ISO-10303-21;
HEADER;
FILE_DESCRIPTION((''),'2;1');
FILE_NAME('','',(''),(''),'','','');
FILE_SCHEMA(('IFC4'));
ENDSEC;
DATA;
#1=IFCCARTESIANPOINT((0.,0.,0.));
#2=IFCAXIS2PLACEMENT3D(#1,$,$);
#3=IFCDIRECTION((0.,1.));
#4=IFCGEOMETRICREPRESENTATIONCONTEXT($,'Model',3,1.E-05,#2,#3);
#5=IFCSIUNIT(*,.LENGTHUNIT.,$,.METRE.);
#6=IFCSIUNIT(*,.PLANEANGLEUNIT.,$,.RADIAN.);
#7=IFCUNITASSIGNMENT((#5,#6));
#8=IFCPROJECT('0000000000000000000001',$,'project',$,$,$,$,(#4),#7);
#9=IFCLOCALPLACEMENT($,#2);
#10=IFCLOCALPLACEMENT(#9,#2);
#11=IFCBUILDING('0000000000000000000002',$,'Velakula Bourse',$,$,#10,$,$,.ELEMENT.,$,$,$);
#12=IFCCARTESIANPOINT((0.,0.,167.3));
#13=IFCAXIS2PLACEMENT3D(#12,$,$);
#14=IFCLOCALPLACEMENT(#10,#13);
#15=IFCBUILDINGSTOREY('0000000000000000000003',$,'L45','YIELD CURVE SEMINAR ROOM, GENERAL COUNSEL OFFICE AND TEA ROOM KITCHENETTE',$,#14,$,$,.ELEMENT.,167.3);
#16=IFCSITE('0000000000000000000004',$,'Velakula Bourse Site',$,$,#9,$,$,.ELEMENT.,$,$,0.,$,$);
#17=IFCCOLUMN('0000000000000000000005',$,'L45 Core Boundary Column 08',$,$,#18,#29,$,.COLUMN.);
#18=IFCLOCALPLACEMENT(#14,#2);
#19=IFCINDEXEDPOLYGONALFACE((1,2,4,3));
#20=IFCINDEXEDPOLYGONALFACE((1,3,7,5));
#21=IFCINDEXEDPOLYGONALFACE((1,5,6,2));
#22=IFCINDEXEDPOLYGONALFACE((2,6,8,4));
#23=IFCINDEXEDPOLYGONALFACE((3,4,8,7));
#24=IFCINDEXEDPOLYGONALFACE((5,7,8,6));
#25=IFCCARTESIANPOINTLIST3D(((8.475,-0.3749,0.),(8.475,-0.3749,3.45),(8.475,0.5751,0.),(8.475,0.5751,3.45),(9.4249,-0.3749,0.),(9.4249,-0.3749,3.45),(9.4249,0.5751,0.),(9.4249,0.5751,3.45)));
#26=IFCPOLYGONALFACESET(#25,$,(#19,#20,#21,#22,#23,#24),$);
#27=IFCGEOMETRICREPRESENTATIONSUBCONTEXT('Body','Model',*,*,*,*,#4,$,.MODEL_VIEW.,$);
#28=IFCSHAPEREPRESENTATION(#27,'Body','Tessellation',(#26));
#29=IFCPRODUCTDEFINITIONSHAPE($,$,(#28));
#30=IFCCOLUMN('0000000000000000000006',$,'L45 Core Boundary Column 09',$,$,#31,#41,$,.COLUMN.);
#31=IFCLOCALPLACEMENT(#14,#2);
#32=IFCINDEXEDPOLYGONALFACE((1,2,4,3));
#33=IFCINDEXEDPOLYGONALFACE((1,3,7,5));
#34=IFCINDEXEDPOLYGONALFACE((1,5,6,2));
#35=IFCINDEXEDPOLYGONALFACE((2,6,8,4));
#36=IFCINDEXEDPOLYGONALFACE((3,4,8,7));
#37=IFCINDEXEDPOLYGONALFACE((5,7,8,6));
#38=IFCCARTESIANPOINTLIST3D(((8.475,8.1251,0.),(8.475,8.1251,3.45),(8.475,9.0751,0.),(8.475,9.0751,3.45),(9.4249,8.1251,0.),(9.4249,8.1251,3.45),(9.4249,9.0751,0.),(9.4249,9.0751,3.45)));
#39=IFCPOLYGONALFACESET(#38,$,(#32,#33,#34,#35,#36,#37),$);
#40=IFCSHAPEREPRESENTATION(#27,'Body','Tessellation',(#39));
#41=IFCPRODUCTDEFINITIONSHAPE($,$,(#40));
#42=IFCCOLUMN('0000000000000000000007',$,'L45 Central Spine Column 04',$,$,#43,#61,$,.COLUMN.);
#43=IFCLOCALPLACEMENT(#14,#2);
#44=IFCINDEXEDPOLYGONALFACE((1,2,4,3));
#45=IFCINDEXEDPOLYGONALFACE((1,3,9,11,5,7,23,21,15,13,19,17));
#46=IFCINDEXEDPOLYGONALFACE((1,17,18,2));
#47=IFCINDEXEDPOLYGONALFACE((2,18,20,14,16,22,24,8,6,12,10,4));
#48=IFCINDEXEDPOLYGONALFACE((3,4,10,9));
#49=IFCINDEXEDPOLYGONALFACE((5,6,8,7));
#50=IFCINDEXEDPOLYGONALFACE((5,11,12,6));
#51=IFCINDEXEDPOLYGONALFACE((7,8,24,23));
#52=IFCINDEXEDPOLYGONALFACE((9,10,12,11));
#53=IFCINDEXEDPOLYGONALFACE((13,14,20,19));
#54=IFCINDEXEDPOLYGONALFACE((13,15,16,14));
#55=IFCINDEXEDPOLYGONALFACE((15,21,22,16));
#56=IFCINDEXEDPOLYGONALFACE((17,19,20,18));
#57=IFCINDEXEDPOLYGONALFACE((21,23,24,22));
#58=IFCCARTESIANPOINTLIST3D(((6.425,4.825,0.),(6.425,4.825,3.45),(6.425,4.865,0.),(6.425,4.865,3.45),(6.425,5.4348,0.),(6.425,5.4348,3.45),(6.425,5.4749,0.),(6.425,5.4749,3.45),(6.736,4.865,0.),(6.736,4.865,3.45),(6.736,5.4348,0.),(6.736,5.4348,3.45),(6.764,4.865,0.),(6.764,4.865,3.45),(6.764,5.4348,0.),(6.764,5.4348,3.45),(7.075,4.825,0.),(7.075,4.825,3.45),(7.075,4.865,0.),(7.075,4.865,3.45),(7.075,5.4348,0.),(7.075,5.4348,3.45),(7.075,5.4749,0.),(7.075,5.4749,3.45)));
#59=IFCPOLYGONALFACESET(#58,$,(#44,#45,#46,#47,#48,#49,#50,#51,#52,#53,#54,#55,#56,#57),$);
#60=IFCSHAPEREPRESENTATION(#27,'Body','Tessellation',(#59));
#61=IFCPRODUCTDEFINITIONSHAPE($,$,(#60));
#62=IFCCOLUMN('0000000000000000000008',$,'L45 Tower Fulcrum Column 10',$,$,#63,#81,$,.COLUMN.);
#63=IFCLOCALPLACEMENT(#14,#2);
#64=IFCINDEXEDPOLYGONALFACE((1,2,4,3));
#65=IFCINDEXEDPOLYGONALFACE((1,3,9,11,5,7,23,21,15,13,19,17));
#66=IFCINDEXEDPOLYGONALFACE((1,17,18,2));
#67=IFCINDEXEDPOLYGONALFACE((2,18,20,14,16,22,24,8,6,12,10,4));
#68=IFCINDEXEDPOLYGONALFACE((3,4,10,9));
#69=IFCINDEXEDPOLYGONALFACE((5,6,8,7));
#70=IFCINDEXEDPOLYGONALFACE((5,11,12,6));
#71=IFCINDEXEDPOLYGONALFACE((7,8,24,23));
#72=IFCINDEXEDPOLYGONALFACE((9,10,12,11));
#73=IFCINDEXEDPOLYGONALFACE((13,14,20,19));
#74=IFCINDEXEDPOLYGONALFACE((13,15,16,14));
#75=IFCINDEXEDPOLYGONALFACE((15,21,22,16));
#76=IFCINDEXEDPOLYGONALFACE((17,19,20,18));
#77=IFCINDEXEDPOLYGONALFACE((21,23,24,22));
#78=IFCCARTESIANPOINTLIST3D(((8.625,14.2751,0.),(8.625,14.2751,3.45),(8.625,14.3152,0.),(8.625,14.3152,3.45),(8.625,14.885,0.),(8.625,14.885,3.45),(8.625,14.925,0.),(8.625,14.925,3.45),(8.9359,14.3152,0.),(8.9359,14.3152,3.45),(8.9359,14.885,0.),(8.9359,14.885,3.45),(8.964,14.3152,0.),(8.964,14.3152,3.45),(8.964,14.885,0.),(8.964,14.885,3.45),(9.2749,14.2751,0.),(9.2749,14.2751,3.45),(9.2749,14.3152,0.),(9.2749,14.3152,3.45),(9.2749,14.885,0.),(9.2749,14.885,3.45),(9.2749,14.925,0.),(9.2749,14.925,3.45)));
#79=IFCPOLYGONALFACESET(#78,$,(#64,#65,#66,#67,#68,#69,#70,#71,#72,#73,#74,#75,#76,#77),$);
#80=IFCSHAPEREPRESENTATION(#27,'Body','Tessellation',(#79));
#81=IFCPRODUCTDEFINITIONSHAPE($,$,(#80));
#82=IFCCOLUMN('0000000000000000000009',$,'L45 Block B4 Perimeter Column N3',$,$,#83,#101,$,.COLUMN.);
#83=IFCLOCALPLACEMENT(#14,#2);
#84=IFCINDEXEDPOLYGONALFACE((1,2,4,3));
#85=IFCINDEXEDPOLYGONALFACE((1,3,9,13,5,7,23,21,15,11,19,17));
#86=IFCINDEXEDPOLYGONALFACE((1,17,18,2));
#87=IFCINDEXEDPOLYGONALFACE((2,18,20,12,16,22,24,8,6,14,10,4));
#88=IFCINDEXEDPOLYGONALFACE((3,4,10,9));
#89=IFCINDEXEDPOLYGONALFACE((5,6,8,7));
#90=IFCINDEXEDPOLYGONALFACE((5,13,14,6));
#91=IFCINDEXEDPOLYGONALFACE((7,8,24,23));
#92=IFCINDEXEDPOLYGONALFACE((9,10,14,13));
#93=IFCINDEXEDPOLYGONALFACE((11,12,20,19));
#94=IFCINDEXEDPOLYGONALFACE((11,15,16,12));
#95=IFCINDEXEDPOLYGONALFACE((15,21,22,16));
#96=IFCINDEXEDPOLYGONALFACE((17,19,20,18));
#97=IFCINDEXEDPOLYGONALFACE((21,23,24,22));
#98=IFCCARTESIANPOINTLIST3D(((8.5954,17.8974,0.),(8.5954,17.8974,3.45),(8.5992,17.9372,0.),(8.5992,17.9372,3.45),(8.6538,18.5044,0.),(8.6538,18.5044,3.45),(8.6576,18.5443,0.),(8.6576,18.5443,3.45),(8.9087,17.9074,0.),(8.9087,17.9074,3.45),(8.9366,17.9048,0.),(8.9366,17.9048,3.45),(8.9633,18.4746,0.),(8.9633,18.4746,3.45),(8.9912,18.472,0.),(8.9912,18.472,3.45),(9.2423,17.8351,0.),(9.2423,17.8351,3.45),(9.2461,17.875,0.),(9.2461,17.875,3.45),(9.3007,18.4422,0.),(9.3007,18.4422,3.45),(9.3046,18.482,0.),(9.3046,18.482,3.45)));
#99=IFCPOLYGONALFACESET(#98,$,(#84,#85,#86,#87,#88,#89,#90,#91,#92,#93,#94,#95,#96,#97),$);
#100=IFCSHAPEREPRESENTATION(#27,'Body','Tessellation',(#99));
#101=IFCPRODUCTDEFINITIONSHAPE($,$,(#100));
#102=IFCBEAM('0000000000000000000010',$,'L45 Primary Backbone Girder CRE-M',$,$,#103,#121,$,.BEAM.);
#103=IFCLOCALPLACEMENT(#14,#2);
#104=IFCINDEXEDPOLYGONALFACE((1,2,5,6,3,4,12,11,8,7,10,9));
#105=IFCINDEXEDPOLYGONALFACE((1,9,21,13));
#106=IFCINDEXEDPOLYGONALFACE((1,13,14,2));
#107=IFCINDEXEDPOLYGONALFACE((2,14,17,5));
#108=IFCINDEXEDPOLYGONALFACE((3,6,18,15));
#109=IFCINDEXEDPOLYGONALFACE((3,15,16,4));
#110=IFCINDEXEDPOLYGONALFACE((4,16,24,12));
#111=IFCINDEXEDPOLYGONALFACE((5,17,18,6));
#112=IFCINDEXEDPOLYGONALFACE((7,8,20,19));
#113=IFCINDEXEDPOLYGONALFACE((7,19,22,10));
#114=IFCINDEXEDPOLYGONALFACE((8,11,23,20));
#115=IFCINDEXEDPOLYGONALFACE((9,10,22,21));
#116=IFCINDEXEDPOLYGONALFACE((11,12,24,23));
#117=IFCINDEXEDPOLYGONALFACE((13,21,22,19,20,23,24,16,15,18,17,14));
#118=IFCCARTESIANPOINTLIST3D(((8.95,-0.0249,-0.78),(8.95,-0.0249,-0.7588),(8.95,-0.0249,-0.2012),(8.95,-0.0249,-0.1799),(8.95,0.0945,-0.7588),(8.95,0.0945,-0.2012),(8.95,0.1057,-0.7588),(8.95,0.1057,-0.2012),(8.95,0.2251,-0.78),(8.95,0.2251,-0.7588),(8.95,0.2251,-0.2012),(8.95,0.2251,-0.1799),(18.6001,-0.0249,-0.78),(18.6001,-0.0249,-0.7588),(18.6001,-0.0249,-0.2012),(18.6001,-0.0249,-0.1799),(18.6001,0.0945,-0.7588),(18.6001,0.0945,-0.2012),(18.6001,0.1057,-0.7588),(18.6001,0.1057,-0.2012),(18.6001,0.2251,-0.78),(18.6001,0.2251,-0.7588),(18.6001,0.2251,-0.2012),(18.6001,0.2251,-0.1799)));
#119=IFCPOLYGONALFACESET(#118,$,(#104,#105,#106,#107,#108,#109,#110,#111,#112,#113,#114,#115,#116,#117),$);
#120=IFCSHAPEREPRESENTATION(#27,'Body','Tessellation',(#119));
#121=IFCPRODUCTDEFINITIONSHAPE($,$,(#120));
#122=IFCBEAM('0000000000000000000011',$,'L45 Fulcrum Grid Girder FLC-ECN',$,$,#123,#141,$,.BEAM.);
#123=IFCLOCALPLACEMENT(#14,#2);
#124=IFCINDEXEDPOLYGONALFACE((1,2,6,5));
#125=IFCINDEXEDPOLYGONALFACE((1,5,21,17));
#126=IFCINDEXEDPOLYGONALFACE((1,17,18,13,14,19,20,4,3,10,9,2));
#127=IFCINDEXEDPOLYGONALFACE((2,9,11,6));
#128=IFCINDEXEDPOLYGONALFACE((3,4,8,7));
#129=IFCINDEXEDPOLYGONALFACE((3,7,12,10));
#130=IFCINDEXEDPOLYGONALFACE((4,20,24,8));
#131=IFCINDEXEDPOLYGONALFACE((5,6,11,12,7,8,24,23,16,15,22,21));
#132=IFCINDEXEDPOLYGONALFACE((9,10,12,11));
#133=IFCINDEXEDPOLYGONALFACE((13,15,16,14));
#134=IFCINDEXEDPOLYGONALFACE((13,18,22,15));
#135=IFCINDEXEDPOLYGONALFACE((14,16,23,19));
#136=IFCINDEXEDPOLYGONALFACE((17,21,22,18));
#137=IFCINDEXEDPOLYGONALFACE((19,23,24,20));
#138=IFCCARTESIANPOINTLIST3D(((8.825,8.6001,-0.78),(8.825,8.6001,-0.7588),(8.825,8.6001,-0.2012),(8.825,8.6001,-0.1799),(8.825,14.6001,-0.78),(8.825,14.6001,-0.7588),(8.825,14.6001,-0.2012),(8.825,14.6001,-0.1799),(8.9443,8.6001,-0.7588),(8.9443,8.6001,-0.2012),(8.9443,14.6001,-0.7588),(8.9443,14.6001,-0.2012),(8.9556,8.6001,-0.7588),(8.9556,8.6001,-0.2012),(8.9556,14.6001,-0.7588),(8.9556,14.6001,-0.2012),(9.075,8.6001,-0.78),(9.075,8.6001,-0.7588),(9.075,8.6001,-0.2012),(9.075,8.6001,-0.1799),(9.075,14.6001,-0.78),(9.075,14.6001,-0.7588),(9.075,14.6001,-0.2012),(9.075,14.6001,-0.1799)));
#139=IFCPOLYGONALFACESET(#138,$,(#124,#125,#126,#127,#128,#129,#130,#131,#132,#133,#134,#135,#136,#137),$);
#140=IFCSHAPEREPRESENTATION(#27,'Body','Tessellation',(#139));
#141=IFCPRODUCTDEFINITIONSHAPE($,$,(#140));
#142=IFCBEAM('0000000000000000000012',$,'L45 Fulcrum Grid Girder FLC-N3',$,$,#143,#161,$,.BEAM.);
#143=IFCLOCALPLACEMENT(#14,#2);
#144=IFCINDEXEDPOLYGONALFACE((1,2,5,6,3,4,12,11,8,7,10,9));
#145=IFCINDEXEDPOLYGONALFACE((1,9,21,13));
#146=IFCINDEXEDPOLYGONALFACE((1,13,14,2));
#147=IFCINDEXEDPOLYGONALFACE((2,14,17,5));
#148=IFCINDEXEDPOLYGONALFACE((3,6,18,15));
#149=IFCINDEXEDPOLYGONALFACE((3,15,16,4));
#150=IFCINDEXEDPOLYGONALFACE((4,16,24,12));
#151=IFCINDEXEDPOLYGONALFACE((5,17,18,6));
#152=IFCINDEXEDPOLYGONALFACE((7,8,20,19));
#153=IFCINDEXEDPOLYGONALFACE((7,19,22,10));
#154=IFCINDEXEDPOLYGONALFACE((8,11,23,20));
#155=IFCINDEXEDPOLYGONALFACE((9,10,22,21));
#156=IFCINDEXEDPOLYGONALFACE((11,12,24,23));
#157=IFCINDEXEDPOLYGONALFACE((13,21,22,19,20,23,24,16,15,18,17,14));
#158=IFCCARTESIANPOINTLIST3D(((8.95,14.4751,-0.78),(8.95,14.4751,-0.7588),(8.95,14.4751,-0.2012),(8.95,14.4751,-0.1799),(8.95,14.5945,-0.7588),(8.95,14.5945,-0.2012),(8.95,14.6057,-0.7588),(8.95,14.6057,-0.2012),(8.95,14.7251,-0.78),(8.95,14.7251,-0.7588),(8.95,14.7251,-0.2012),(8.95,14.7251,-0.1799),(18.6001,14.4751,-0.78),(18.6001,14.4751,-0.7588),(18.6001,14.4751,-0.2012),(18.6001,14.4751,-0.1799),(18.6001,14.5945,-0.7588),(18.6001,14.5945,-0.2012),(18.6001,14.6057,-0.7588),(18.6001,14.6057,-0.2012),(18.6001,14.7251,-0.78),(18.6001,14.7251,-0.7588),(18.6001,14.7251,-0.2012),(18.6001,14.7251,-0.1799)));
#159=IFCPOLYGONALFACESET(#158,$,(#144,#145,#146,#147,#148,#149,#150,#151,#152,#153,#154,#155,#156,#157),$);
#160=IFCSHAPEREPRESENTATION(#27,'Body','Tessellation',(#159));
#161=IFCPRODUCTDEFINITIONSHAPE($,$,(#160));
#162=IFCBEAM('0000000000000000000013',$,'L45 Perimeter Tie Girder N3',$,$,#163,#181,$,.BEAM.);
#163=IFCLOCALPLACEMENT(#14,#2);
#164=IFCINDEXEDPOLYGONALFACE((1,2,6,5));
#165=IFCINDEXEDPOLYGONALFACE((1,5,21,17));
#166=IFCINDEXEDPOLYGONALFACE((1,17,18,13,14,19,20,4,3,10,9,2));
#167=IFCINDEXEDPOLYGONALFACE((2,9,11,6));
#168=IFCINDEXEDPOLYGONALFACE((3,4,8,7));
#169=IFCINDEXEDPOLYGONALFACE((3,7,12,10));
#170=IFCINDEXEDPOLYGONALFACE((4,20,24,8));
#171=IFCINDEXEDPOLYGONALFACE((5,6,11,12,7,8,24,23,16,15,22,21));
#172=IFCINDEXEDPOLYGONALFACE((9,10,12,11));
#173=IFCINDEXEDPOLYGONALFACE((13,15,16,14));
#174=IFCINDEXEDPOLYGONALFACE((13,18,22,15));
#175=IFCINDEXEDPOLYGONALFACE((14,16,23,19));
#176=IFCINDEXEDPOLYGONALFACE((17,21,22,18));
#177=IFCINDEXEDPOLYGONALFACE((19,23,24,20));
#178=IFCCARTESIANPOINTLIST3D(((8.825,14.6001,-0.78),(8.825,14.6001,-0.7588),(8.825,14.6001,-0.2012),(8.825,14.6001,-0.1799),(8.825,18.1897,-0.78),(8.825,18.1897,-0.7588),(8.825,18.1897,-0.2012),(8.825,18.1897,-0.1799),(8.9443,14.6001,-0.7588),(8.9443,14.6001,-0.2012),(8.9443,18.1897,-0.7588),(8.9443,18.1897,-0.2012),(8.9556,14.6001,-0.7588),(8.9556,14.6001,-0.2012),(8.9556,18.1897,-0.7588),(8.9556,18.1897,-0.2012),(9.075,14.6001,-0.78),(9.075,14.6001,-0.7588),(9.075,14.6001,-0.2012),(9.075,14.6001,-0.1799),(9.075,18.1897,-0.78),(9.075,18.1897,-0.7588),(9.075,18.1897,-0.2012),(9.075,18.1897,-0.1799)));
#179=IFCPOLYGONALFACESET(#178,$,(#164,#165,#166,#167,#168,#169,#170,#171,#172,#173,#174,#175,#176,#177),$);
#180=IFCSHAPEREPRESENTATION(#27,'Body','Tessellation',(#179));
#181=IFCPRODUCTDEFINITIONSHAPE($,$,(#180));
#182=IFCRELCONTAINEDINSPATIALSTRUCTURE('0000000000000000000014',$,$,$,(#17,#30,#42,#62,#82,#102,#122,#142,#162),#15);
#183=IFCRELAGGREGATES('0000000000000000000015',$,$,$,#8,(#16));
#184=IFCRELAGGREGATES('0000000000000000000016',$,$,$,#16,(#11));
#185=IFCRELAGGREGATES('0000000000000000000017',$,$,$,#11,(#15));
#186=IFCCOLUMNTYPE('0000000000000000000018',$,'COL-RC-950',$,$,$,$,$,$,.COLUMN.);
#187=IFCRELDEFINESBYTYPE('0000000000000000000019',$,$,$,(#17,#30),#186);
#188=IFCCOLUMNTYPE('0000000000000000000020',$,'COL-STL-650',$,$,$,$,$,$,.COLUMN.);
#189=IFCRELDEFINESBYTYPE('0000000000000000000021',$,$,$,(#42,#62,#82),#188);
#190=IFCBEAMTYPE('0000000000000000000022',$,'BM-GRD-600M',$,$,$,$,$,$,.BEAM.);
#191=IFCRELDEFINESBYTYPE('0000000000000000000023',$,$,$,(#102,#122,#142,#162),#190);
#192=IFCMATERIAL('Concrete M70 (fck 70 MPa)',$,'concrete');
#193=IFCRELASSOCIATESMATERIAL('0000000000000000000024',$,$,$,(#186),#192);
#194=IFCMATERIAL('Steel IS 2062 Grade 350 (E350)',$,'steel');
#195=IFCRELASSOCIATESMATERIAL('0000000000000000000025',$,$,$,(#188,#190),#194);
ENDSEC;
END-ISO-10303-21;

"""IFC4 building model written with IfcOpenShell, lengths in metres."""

from ifc_helpers import new_model, si_unit, direction, frame, origin, origin_2d, place, context, subcontext, project, spatial, rectangle, i_section, extrude, material, material_profile, profile_set, type_object, element, save


model = new_model("IFC4")

# Units and contexts
model_context = context("Model", 3, precision=1e-05, world=origin(), true_north=direction((0.0, 1.0)))
body_context = subcontext(model_context, "Body", "Model", "MODEL_VIEW")
ifc_project = project(units=[si_unit("LENGTHUNIT", "METRE"), si_unit("PLANEANGLEUNIT", "RADIAN")], contexts=[model_context])

# Site, building, storey
site_placement = place(None, origin())
site = spatial("IfcSite", under=ifc_project, at=site_placement, Name="Velakula Bourse Site", CompositionType="ELEMENT", RefElevation=0.0)
building_placement = place(site_placement, origin())
building = spatial("IfcBuilding", under=site, at=building_placement, Name="Velakula Bourse", CompositionType="ELEMENT")
storey_placement = place(building_placement, frame((0.0, 0.0, 167.3)))
storey = spatial("IfcBuildingStorey", under=building, at=storey_placement, Name="L45", Description="YIELD CURVE SEMINAR ROOM, GENERAL COUNSEL OFFICE AND TEA ROOM KITCHENETTE", CompositionType="ELEMENT", Elevation=167.3)

# Columns
ifc_material_1 = material(Name="Concrete M70 (fck 70 MPa)", Category="concrete")
ifc_material_profile_1 = material_profile(ifc_material_1, rectangle(XDim=0.95, YDim=0.95, at=origin_2d()), Name="Concrete M70 (fck 70 MPa)")
ifc_profile_set_1 = profile_set([ifc_material_profile_1], Name="Concrete M70 (fck 70 MPa)")
column_type_1 = type_object("IfcColumnType", Name="COL-RC-950", PredefinedType="COLUMN", material=ifc_profile_set_1)
for number, where, z_axis, x_axis, name in (
    (1, (8.95, 0.1001, 0.0), (0.0, 0.0, 1.0), (1.0, 0.0, 0.0), "L45 Core Boundary Column 08"),
    (2, (8.95, 8.6001, 0.0), (0.0, 0.0, 1.0), (1.0, 0.0, 0.0), "L45 Core Boundary Column 09"),
):
    element("IfcColumn", number, at=place(storey_placement, frame(where, z_axis=z_axis, x_axis=x_axis)), inside=storey, type_object=column_type_1, Name=name, PredefinedType="COLUMN", context=body_context, shape_type="SweptSolid", body=[
        extrude(rectangle(XDim=0.95, YDim=0.95, at=origin_2d()), origin(), (0.0, 0.0, 1.0), 3.45),
    ])
ifc_material_2 = material(Name="Steel IS 2062 Grade 350 (E350)", Category="steel")
ifc_material_profile_2 = material_profile(ifc_material_2, i_section(OverallWidth=0.6499, OverallDepth=0.6499, WebThickness=0.0281, FlangeThickness=0.04, at=origin_2d()), Name="Steel IS 2062 Grade 350 (E350)")
ifc_profile_set_2 = profile_set([ifc_material_profile_2], Name="Steel IS 2062 Grade 350 (E350)")
column_type_2 = type_object("IfcColumnType", Name="COL-STL-650", PredefinedType="COLUMN", material=ifc_profile_set_2)
for number, where, z_axis, x_axis, name in (
    (3, (6.75, 5.1499, 0.0), (0.0, 0.0, 1.0), (1.0, 0.0, 0.0), "L45 Central Spine Column 04"),
    (4, (8.95, 14.6001, 0.0), (0.0, 0.0, 1.0), (1.0, 0.0, 0.0), "L45 Tower Fulcrum Column 10"),
    (5, (8.95, 18.1897, 0.0), (0.0, 0.0, 1.0), (0.995396, -0.095846, 0.0), "L45 Block B4 Perimeter Column N3"),
):
    element("IfcColumn", number, at=place(storey_placement, frame(where, z_axis=z_axis, x_axis=x_axis)), inside=storey, type_object=column_type_2, Name=name, PredefinedType="COLUMN", context=body_context, shape_type="SweptSolid", body=[
        extrude(i_section(OverallWidth=0.6499, OverallDepth=0.6499, WebThickness=0.0281, FlangeThickness=0.04, at=origin_2d()), origin(), (0.0, 0.0, 1.0), 3.45),
    ])

# Beams
ifc_material_profile_3 = material_profile(ifc_material_2, i_section(OverallWidth=0.25, OverallDepth=0.6001, WebThickness=0.0112, FlangeThickness=0.0212, at=origin_2d()), Name="Steel IS 2062 Grade 350 (E350)")
ifc_profile_set_3 = profile_set([ifc_material_profile_3], Name="Steel IS 2062 Grade 350 (E350)")
beam_type_1 = type_object("IfcBeamType", Name="BM-GRD-600M", PredefinedType="BEAM", material=ifc_profile_set_3)
beam_1_placement = place(storey_placement, frame((8.95, 0.1001, -0.48), z_axis=(1.0, 0.0, 0.0), x_axis=(0.0, 1.0, 0.0)))
element("IfcBeam", 6, at=beam_1_placement, inside=storey, type_object=beam_type_1, Name="L45 Primary Backbone Girder CRE-M", PredefinedType="BEAM", context=body_context, shape_type="SweptSolid", body=[
    extrude(i_section(OverallWidth=0.25, OverallDepth=0.6001, WebThickness=0.0112, FlangeThickness=0.0212, at=origin_2d()), origin(), (0.0, 0.0, 1.0), 9.6501),
])
beam_2_placement = place(storey_placement, frame((8.95, 8.6001, -0.48), z_axis=(0.0, 1.0, 0.0), x_axis=(-1.0, 0.0, 0.0)))
element("IfcBeam", 7, at=beam_2_placement, inside=storey, type_object=beam_type_1, Name="L45 Fulcrum Grid Girder FLC-ECN", PredefinedType="BEAM", context=body_context, shape_type="SweptSolid", body=[
    extrude(i_section(OverallWidth=0.25, OverallDepth=0.6001, WebThickness=0.0112, FlangeThickness=0.0212, at=origin_2d()), origin(), (0.0, 0.0, 1.0), 6.0),
])
beam_3_placement = place(storey_placement, frame((8.95, 14.6001, -0.48), z_axis=(1.0, 0.0, 0.0), x_axis=(0.0, 1.0, 0.0)))
element("IfcBeam", 8, at=beam_3_placement, inside=storey, type_object=beam_type_1, Name="L45 Fulcrum Grid Girder FLC-N3", PredefinedType="BEAM", context=body_context, shape_type="SweptSolid", body=[
    extrude(i_section(OverallWidth=0.25, OverallDepth=0.6001, WebThickness=0.0112, FlangeThickness=0.0212, at=origin_2d()), origin(), (0.0, 0.0, 1.0), 9.6501),
])
beam_4_placement = place(storey_placement, frame((8.95, 14.6001, -0.48), z_axis=(0.0, 1.0, 0.0), x_axis=(-1.0, 0.0, 0.0)))
element("IfcBeam", 9, at=beam_4_placement, inside=storey, type_object=beam_type_1, Name="L45 Perimeter Tie Girder N3", PredefinedType="BEAM", context=body_context, shape_type="SweptSolid", body=[
    extrude(i_section(OverallWidth=0.25, OverallDepth=0.6001, WebThickness=0.0112, FlangeThickness=0.0212, at=origin_2d()), origin(), (0.0, 0.0, 1.0), 3.5896),
])

save(model, "model.ifc")
